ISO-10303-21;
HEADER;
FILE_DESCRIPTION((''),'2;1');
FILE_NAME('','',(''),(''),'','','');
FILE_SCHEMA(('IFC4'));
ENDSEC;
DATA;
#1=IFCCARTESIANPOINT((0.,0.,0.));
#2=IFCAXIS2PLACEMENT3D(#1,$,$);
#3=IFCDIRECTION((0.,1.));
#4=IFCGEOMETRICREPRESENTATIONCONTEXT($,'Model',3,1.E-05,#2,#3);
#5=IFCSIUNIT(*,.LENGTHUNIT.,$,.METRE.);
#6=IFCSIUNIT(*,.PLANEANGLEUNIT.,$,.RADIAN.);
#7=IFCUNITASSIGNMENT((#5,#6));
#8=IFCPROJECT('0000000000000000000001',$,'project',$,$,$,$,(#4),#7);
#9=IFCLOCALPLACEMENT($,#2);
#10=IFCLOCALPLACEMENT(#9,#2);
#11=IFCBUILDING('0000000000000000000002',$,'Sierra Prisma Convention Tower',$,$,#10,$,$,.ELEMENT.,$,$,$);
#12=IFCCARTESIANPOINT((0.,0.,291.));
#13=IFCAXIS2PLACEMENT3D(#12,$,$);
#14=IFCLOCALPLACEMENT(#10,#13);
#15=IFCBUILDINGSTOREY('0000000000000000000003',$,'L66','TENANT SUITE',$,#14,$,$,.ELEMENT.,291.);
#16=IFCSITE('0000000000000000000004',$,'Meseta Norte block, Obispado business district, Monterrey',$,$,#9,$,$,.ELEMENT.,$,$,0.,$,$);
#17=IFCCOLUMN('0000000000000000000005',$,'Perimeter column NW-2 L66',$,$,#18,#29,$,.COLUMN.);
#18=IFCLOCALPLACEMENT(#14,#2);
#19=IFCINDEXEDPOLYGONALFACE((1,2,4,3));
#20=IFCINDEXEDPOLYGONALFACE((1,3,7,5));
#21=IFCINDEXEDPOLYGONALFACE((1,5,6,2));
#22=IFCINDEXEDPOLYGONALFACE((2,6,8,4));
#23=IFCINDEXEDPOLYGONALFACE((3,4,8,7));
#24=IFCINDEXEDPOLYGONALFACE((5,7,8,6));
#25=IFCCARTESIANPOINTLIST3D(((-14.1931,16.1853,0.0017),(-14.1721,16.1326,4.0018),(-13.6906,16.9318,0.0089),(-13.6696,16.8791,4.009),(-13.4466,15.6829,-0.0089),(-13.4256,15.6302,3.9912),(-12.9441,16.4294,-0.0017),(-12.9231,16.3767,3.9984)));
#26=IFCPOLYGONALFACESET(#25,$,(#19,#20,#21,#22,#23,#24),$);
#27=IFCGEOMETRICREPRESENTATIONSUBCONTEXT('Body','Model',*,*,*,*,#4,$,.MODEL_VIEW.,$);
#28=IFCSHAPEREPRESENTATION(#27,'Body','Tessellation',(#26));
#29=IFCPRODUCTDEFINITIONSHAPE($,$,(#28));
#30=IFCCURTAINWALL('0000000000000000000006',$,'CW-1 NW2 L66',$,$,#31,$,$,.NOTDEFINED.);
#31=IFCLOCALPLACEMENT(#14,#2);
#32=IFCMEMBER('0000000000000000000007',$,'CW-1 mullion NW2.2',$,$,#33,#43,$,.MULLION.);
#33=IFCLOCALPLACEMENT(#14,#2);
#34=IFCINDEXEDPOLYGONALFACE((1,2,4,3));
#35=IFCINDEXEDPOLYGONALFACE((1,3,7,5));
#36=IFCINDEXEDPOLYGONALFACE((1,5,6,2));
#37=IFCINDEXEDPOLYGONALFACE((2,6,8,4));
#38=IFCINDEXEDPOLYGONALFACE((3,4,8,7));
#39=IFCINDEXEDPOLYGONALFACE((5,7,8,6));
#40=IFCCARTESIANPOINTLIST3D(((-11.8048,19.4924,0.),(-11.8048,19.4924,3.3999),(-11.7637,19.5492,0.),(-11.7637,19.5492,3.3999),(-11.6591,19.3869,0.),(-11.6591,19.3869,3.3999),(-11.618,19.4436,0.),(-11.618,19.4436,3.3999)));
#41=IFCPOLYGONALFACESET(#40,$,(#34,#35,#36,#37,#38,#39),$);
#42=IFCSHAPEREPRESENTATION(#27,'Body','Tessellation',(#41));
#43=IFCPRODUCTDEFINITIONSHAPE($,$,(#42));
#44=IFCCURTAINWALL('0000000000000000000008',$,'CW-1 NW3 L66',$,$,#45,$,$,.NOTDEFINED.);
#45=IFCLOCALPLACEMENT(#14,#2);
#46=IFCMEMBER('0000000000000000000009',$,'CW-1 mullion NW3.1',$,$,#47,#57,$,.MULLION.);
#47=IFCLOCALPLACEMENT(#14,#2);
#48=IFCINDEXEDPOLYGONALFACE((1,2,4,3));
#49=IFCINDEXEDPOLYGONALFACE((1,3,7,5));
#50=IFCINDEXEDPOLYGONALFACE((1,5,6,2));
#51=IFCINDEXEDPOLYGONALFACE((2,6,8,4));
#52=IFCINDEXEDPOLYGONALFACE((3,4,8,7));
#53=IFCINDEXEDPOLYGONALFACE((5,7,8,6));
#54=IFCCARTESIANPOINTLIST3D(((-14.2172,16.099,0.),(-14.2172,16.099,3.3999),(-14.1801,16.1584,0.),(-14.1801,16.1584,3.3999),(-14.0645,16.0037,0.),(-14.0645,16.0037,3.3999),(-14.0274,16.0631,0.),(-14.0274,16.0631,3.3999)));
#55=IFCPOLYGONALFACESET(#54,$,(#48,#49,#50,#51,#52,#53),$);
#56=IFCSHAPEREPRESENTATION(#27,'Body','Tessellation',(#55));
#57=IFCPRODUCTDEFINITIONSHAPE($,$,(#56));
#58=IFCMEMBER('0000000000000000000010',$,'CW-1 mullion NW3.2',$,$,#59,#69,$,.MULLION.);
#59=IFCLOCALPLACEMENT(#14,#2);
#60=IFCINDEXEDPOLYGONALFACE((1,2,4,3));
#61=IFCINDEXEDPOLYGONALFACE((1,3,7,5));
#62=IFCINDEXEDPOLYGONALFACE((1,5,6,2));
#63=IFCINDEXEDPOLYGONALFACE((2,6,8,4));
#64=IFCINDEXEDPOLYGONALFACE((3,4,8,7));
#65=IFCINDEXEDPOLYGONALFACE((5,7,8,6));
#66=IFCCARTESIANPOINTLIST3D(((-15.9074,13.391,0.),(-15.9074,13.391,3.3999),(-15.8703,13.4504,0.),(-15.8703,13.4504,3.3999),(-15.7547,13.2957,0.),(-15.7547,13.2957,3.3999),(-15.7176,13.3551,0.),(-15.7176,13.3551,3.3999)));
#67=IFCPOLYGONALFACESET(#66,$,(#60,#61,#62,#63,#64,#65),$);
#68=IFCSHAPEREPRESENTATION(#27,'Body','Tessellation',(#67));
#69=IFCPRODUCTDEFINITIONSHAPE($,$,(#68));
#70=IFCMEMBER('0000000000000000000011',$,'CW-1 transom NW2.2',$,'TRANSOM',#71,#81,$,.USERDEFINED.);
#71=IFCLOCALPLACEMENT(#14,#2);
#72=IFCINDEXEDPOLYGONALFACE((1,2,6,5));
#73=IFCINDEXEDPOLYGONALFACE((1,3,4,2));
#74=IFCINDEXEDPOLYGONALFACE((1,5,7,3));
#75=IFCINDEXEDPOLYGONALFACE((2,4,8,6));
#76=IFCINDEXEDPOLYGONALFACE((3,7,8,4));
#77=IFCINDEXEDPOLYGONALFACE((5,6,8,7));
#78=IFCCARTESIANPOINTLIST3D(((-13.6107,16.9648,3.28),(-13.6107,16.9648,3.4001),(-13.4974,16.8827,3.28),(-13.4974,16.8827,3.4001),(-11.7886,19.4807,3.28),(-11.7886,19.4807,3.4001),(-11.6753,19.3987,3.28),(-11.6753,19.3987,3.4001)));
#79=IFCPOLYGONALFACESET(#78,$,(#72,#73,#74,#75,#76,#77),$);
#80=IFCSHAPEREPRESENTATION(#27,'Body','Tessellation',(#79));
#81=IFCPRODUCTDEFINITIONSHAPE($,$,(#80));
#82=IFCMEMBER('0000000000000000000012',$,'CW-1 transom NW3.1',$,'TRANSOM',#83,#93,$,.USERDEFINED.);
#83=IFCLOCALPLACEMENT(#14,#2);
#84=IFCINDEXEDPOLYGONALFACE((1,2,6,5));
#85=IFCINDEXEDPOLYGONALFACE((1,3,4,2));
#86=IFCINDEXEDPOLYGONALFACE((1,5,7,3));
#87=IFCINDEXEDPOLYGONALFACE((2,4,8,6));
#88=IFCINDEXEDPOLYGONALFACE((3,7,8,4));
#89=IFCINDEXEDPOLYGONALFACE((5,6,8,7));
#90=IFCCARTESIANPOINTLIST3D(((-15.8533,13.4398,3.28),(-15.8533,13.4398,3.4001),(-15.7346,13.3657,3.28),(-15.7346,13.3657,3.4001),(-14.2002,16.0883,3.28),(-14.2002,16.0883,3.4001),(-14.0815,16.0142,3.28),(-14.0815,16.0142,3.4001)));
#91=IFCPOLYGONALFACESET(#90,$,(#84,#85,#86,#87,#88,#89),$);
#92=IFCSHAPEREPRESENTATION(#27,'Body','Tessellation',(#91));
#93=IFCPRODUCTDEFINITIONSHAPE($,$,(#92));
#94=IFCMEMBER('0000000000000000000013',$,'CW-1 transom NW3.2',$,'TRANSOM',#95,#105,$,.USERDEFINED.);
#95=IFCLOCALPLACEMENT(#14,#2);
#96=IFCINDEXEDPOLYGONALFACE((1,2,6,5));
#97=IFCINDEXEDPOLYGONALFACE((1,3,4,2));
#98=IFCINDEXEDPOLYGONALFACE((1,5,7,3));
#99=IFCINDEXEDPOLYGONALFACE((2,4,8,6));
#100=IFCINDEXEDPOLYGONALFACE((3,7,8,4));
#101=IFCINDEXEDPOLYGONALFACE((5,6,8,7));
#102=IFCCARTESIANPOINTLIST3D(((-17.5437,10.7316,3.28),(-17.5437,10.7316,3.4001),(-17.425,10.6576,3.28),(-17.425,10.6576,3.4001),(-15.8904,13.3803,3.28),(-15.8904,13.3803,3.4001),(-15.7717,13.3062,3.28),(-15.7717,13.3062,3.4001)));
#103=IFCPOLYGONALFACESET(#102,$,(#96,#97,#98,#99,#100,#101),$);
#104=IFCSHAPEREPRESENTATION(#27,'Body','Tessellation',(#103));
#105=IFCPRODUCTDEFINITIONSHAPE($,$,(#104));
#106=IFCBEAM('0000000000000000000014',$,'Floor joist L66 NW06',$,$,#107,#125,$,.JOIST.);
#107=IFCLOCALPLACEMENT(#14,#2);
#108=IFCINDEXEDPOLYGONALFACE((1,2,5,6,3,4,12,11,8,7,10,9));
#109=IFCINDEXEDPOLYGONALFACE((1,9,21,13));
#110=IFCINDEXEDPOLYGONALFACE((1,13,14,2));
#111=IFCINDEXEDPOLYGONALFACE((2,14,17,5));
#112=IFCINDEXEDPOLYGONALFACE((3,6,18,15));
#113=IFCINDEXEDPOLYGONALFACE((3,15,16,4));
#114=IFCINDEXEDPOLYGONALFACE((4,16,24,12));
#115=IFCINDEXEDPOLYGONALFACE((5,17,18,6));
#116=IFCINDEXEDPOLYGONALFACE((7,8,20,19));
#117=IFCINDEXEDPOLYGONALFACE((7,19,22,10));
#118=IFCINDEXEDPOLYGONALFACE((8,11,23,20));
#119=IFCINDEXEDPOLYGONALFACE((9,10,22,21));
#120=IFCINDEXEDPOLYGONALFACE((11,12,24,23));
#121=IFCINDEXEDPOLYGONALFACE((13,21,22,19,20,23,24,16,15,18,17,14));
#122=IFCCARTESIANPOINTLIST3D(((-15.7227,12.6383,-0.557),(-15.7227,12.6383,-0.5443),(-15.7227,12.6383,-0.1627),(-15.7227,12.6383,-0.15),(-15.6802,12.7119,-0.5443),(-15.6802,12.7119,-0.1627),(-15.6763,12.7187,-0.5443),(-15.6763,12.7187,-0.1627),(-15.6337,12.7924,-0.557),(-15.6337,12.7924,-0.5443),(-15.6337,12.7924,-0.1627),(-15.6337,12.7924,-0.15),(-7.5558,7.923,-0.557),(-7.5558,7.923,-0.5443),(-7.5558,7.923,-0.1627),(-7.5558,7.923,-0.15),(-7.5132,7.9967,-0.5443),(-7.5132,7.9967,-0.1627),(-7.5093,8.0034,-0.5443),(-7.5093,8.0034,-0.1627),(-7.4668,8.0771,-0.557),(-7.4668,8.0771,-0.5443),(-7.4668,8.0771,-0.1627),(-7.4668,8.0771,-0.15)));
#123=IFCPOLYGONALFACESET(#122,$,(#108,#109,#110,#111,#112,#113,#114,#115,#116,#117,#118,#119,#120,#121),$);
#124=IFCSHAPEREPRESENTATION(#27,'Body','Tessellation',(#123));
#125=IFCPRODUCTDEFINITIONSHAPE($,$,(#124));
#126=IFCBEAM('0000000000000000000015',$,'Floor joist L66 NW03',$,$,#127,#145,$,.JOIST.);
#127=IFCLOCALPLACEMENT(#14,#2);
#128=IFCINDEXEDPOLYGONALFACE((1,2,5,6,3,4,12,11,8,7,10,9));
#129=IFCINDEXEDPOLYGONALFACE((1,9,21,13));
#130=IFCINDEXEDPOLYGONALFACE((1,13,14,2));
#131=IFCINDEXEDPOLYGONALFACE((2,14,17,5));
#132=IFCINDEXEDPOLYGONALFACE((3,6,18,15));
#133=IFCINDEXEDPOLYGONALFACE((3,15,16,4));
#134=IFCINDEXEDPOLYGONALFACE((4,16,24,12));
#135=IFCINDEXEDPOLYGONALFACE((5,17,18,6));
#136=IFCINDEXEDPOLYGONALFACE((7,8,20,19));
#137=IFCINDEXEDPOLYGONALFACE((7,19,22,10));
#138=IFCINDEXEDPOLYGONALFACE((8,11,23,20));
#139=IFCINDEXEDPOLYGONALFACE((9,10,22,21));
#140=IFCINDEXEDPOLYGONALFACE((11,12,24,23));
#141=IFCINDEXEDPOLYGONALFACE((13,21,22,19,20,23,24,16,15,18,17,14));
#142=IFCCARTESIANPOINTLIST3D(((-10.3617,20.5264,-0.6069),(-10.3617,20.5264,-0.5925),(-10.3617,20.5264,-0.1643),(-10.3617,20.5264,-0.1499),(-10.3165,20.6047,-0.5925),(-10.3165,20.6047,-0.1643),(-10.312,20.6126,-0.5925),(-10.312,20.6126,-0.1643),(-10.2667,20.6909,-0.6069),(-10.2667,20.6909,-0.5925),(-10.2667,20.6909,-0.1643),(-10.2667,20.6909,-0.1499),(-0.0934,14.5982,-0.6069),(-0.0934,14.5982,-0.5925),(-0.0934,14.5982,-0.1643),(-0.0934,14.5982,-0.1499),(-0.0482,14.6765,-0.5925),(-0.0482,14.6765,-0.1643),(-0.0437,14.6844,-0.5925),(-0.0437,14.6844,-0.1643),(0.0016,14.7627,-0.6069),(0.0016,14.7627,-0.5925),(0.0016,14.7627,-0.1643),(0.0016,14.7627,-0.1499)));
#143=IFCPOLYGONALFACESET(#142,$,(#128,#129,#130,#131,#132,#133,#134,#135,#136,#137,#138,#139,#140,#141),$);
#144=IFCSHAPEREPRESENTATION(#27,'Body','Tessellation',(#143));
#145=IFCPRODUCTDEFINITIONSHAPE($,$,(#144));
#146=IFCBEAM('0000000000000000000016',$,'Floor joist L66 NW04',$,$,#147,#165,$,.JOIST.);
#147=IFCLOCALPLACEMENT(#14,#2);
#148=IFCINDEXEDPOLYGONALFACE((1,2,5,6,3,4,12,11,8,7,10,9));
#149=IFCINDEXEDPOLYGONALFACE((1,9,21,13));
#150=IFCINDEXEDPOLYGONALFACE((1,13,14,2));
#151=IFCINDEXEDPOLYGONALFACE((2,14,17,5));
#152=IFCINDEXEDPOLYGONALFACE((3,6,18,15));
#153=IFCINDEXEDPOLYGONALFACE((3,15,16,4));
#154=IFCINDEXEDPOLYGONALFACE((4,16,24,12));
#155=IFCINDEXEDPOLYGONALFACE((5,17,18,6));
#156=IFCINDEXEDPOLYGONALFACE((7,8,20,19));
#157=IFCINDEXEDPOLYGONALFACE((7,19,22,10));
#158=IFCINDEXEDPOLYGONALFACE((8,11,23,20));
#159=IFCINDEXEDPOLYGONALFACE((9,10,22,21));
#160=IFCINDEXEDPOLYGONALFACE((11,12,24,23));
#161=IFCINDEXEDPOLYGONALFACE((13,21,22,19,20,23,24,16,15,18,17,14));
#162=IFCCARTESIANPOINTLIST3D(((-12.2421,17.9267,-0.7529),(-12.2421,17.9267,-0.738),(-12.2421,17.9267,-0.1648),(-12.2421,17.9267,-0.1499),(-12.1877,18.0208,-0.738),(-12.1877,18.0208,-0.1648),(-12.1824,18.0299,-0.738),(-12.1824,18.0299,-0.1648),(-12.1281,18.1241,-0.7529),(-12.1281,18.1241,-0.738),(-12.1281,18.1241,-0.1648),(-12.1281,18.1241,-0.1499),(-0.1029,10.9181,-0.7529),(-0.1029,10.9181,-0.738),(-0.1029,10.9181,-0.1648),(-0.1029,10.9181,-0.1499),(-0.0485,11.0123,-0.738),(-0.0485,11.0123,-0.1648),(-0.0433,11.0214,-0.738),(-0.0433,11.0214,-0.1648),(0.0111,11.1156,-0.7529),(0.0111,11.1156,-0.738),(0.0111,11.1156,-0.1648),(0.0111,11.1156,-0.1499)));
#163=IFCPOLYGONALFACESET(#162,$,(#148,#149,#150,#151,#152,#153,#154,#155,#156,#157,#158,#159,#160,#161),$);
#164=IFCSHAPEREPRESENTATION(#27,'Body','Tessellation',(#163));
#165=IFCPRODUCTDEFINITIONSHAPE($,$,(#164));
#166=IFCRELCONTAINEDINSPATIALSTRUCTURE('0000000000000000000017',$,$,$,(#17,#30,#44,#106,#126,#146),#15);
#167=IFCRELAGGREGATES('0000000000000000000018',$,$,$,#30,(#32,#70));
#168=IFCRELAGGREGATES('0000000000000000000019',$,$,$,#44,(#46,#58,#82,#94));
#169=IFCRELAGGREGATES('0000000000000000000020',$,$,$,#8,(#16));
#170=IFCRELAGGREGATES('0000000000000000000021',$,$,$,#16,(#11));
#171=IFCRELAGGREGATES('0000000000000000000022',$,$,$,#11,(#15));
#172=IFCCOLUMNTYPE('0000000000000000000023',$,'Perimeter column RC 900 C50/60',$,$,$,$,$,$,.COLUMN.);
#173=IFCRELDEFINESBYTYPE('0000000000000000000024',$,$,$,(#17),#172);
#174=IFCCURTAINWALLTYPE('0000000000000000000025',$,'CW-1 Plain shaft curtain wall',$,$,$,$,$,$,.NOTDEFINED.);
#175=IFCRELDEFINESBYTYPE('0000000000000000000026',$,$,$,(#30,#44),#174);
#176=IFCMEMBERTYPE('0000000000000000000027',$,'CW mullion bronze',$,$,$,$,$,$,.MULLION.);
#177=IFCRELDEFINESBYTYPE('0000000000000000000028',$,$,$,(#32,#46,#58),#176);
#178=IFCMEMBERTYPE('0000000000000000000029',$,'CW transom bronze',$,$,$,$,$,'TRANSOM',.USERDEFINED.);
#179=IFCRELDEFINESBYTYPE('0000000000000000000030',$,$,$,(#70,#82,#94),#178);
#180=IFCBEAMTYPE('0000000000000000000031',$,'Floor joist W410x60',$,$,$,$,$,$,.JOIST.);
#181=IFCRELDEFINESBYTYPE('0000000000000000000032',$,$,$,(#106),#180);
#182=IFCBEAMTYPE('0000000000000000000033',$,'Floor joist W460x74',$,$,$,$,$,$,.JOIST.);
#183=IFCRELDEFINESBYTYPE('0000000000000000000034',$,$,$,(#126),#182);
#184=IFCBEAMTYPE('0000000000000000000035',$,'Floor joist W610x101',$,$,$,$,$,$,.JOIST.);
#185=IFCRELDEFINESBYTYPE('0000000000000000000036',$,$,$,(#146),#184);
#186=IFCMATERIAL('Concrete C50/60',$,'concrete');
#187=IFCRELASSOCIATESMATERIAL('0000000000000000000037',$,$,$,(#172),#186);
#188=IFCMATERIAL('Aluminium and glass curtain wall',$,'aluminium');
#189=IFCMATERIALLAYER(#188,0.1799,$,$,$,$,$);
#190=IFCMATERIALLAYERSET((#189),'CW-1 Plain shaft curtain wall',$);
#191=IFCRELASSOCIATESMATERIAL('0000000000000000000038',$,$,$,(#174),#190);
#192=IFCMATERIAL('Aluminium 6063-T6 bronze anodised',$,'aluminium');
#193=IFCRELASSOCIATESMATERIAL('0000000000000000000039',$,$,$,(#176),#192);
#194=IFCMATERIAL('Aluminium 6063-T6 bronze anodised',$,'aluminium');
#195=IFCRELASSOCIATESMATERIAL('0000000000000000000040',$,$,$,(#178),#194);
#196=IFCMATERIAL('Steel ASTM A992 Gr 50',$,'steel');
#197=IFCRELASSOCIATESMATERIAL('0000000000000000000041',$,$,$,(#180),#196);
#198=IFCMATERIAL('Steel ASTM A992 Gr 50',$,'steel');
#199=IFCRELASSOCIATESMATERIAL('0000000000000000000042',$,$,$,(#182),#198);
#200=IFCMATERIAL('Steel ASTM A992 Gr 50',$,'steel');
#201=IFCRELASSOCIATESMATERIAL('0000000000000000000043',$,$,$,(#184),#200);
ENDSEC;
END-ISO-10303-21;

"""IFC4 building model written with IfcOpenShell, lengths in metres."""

from ifc_helpers import new_model, si_unit, direction, frame, origin, origin_2d, place, context, subcontext, project, spatial, rectangle, i_section, extrude, material, layer, layer_set, material_profile, profile_set, type_object, element, aggregate, save


model = new_model("IFC4")

# Units and contexts
model_context = context("Model", 3, precision=1e-05, world=origin(), true_north=direction((0.0, 1.0)))
body_context = subcontext(model_context, "Body", "Model", "MODEL_VIEW")
ifc_project = project(units=[si_unit("LENGTHUNIT", "METRE"), si_unit("PLANEANGLEUNIT", "RADIAN")], contexts=[model_context])

# Site, building, storey
site_placement = place(None, origin())
site = spatial("IfcSite", under=ifc_project, at=site_placement, Name="Meseta Norte block, Obispado business district, Monterrey", CompositionType="ELEMENT", RefElevation=0.0)
building_placement = place(site_placement, origin())
building = spatial("IfcBuilding", under=site, at=building_placement, Name="Sierra Prisma Convention Tower", CompositionType="ELEMENT")
storey_placement = place(building_placement, frame((0.0, 0.0, 291.0)))
storey = spatial("IfcBuildingStorey", under=building, at=storey_placement, Name="L66", Description="TENANT SUITE", CompositionType="ELEMENT", Elevation=291.0)

# Column
ifc_material_1 = material(Name="Concrete C50/60", Category="concrete")
ifc_material_profile_1 = material_profile(ifc_material_1, rectangle(XDim=0.8999, YDim=0.8999, at=origin_2d()), Name="Perimeter column RC 900 C50/60")
ifc_profile_set_1 = profile_set([ifc_material_profile_1], Name="Concrete C50/60")
column_type = type_object("IfcColumnType", Name="Perimeter column RC 900 C50/60", PredefinedType="COLUMN", material=ifc_profile_set_1)
column_placement = place(storey_placement, frame((-13.5686, 16.3074, 0.0), z_axis=(0.005248, -0.013182, 0.999899), x_axis=(0.558367, 0.829555, 0.008006)))
element("IfcColumn", 1, at=column_placement, inside=storey, type_object=column_type, Name="Perimeter column NW-2 L66", PredefinedType="COLUMN", context=body_context, shape_type="SweptSolid", body=[
    extrude(rectangle(XDim=0.8999, YDim=0.8999, at=origin_2d()), origin(), (0.0, 0.0, 1.0), 4.0005),
])

# Curtain wall, member
ifc_material_2 = material(Name="Aluminium and glass curtain wall", Category="aluminium")
ifc_layer_1 = layer(ifc_material_2, 0.1799)
ifc_layer_set_1 = layer_set([ifc_layer_1], Name="CW-1 Plain shaft curtain wall")
curtain_wall_type = type_object("IfcCurtainWallType", Name="CW-1 Plain shaft curtain wall", PredefinedType="NOTDEFINED", material=ifc_layer_set_1)
curtain_wall_1_placement = place(storey_placement, origin())
curtain_wall_1 = element("IfcCurtainWall", 2, at=curtain_wall_1_placement, inside=storey, type_object=curtain_wall_type, Name="CW-1 NW2 L66", PredefinedType="NOTDEFINED")
ifc_material_3 = material(Name="Aluminium 6063-T6 bronze anodised", Category="aluminium")
ifc_material_profile_2 = material_profile(ifc_material_3, rectangle(XDim=0.1799, YDim=0.0701, at=origin_2d()), Name="ALU MULLION 70x180")
ifc_profile_set_2 = profile_set([ifc_material_profile_2], Name="Aluminium 6063-T6 bronze anodised")
member_type_1 = type_object("IfcMemberType", Name="CW mullion bronze", PredefinedType="MULLION", material=ifc_profile_set_2)
member_1_placement = place(storey_placement, frame((-11.7114, 19.468, 0.0), z_axis=(0.0, 0.0, 1.0), x_axis=(0.809885, -0.586589, 0.0)))
member_1 = element("IfcMember", 3, at=member_1_placement, type_object=member_type_1, Name="CW-1 mullion NW2.2", PredefinedType="MULLION", context=body_context, shape_type="SweptSolid", body=[
    extrude(rectangle(XDim=0.1799, YDim=0.0701, at=origin_2d()), origin(), (0.0, 0.0, 1.0), 3.3999),
])

# Curtain wall, members
curtain_wall_2_placement = place(storey_placement, origin())
curtain_wall_2 = element("IfcCurtainWall", 4, at=curtain_wall_2_placement, inside=storey, type_object=curtain_wall_type, Name="CW-1 NW3 L66", PredefinedType="NOTDEFINED")
member_2_placement = place(storey_placement, frame((-14.1223, 16.0811, 0.0), z_axis=(0.0, 0.0, 1.0), x_axis=(0.848309, -0.529501, 0.0)))
member_2 = element("IfcMember", 5, at=member_2_placement, type_object=member_type_1, Name="CW-1 mullion NW3.1", PredefinedType="MULLION", context=body_context, shape_type="SweptSolid", body=[
    extrude(rectangle(XDim=0.1799, YDim=0.0701, at=origin_2d()), origin(), (0.0, 0.0, 1.0), 3.3999),
])
member_3_placement = place(storey_placement, frame((-15.8125, 13.373, 0.0), z_axis=(0.0, 0.0, 1.0), x_axis=(0.848309, -0.529501, 0.0)))
member_3 = element("IfcMember", 6, at=member_3_placement, type_object=member_type_1, Name="CW-1 mullion NW3.2", PredefinedType="MULLION", context=body_context, shape_type="SweptSolid", body=[
    extrude(rectangle(XDim=0.1799, YDim=0.0701, at=origin_2d()), origin(), (0.0, 0.0, 1.0), 3.3999),
])

# Members
ifc_material_4 = material(Name="Aluminium 6063-T6 bronze anodised", Category="aluminium")
ifc_material_profile_3 = material_profile(ifc_material_4, rectangle(XDim=0.1399, YDim=0.1201, at=origin_2d()), Name="ALU TRANSOM 120x140")
ifc_profile_set_3 = profile_set([ifc_material_profile_3], Name="Aluminium 6063-T6 bronze anodised")
member_type_2 = type_object("IfcMemberType", Name="CW transom bronze", ElementType="TRANSOM", PredefinedType="USERDEFINED", material=ifc_profile_set_3)
member_4_placement = place(storey_placement, frame((-11.7319, 19.4397, 3.3401), z_axis=(-0.586549, -0.809914, 0.0), x_axis=(0.809914, -0.586549, 0.0)))
member_4 = element("IfcMember", 7, at=member_4_placement, type_object=member_type_2, Name="CW-1 transom NW2.2", ObjectType="TRANSOM", PredefinedType="USERDEFINED", context=body_context, shape_type="SweptSolid", body=[
    extrude(rectangle(XDim=0.1399, YDim=0.1201, at=origin_2d()), origin(), (0.0, 0.0, 1.0), 3.1064),
])
member_5_placement = place(storey_placement, frame((-14.1409, 16.0513, 3.3401), z_axis=(-0.529493, -0.848314, 0.0), x_axis=(0.848314, -0.529493, 0.0)))
member_5 = element("IfcMember", 8, at=member_5_placement, type_object=member_type_2, Name="CW-1 transom NW3.1", ObjectType="TRANSOM", PredefinedType="USERDEFINED", context=body_context, shape_type="SweptSolid", body=[
    extrude(rectangle(XDim=0.1399, YDim=0.1201, at=origin_2d()), origin(), (0.0, 0.0, 1.0), 3.1221),
])
member_6_placement = place(storey_placement, frame((-15.8311, 13.3433, 3.3401), z_axis=(-0.529514, -0.848301, 0.0), x_axis=(0.848301, -0.529514, 0.0)))
member_6 = element("IfcMember", 9, at=member_6_placement, type_object=member_type_2, Name="CW-1 transom NW3.2", ObjectType="TRANSOM", PredefinedType="USERDEFINED", context=body_context, shape_type="SweptSolid", body=[
    extrude(rectangle(XDim=0.1399, YDim=0.1201, at=origin_2d()), origin(), (0.0, 0.0, 1.0), 3.1223),
])

# Beams
ifc_material_5 = material(Name="Steel ASTM A992 Gr 50", Category="steel")
ifc_material_profile_4 = material_profile(ifc_material_5, i_section(OverallWidth=0.178, OverallDepth=0.407, WebThickness=0.0078, FlangeThickness=0.0127, at=origin_2d()), Name="W410x60")
ifc_profile_set_4 = profile_set([ifc_material_profile_4], Name="Steel ASTM A992 Gr 50")
beam_type_1 = type_object("IfcBeamType", Name="Floor joist W410x60", PredefinedType="JOIST", material=ifc_profile_set_4)
beam_1_placement = place(storey_placement, frame((-15.6782, 12.7153, -0.3535), z_axis=(0.86602, -0.500009, 0.0), x_axis=(0.500009, 0.86602, 0.0)))
element("IfcBeam", 10, at=beam_1_placement, inside=storey, type_object=beam_type_1, Name="Floor joist L66 NW06", PredefinedType="JOIST", context=body_context, shape_type="SweptSolid", body=[
    extrude(i_section(OverallWidth=0.178, OverallDepth=0.407, WebThickness=0.0078, FlangeThickness=0.0127, at=origin_2d()), origin(), (0.0, 0.0, 1.0), 9.4304),
])
ifc_material_6 = material(Name="Steel ASTM A992 Gr 50", Category="steel")
ifc_material_profile_5 = material_profile(ifc_material_6, i_section(OverallWidth=0.1899, OverallDepth=0.457, WebThickness=0.009, FlangeThickness=0.0144, at=origin_2d()), Name="W460x74")
ifc_profile_set_5 = profile_set([ifc_material_profile_5], Name="Steel ASTM A992 Gr 50")
beam_type_2 = type_object("IfcBeamType", Name="Floor joist W460x74", PredefinedType="JOIST", material=ifc_profile_set_5)
beam_2_placement = place(storey_placement, frame((-10.3142, 20.6086, -0.3784), z_axis=(0.866032, -0.499988, 0.0), x_axis=(0.499988, 0.866032, 0.0)))
element("IfcBeam", 11, at=beam_2_placement, inside=storey, type_object=beam_type_2, Name="Floor joist L66 NW03", PredefinedType="JOIST", context=body_context, shape_type="SweptSolid", body=[
    extrude(i_section(OverallWidth=0.1899, OverallDepth=0.457, WebThickness=0.009, FlangeThickness=0.0144, at=origin_2d()), origin(), (0.0, 0.0, 1.0), 11.8567),
])
ifc_material_7 = material(Name="Steel ASTM A992 Gr 50", Category="steel")
ifc_material_profile_6 = material_profile(ifc_material_7, i_section(OverallWidth=0.228, OverallDepth=0.603, WebThickness=0.0105, FlangeThickness=0.0149, at=origin_2d()), Name="W610x101")
ifc_profile_set_6 = profile_set([ifc_material_profile_6], Name="Steel ASTM A992 Gr 50")
beam_type_3 = type_object("IfcBeamType", Name="Floor joist W610x101", PredefinedType="JOIST", material=ifc_profile_set_6)
beam_3_placement = place(storey_placement, frame((-12.1851, 18.0254, -0.4514), z_axis=(0.866025, -0.5, 0.0), x_axis=(0.5, 0.866025, 0.0)))
element("IfcBeam", 12, at=beam_3_placement, inside=storey, type_object=beam_type_3, Name="Floor joist L66 NW04", PredefinedType="JOIST", context=body_context, shape_type="SweptSolid", body=[
    extrude(i_section(OverallWidth=0.228, OverallDepth=0.603, WebThickness=0.0105, FlangeThickness=0.0149, at=origin_2d()), origin(), (0.0, 0.0, 1.0), 14.0171),
])

aggregate(curtain_wall_1, [member_1, member_4])
aggregate(curtain_wall_2, [member_2, member_3, member_5, member_6])

save(model, "model.ifc")
